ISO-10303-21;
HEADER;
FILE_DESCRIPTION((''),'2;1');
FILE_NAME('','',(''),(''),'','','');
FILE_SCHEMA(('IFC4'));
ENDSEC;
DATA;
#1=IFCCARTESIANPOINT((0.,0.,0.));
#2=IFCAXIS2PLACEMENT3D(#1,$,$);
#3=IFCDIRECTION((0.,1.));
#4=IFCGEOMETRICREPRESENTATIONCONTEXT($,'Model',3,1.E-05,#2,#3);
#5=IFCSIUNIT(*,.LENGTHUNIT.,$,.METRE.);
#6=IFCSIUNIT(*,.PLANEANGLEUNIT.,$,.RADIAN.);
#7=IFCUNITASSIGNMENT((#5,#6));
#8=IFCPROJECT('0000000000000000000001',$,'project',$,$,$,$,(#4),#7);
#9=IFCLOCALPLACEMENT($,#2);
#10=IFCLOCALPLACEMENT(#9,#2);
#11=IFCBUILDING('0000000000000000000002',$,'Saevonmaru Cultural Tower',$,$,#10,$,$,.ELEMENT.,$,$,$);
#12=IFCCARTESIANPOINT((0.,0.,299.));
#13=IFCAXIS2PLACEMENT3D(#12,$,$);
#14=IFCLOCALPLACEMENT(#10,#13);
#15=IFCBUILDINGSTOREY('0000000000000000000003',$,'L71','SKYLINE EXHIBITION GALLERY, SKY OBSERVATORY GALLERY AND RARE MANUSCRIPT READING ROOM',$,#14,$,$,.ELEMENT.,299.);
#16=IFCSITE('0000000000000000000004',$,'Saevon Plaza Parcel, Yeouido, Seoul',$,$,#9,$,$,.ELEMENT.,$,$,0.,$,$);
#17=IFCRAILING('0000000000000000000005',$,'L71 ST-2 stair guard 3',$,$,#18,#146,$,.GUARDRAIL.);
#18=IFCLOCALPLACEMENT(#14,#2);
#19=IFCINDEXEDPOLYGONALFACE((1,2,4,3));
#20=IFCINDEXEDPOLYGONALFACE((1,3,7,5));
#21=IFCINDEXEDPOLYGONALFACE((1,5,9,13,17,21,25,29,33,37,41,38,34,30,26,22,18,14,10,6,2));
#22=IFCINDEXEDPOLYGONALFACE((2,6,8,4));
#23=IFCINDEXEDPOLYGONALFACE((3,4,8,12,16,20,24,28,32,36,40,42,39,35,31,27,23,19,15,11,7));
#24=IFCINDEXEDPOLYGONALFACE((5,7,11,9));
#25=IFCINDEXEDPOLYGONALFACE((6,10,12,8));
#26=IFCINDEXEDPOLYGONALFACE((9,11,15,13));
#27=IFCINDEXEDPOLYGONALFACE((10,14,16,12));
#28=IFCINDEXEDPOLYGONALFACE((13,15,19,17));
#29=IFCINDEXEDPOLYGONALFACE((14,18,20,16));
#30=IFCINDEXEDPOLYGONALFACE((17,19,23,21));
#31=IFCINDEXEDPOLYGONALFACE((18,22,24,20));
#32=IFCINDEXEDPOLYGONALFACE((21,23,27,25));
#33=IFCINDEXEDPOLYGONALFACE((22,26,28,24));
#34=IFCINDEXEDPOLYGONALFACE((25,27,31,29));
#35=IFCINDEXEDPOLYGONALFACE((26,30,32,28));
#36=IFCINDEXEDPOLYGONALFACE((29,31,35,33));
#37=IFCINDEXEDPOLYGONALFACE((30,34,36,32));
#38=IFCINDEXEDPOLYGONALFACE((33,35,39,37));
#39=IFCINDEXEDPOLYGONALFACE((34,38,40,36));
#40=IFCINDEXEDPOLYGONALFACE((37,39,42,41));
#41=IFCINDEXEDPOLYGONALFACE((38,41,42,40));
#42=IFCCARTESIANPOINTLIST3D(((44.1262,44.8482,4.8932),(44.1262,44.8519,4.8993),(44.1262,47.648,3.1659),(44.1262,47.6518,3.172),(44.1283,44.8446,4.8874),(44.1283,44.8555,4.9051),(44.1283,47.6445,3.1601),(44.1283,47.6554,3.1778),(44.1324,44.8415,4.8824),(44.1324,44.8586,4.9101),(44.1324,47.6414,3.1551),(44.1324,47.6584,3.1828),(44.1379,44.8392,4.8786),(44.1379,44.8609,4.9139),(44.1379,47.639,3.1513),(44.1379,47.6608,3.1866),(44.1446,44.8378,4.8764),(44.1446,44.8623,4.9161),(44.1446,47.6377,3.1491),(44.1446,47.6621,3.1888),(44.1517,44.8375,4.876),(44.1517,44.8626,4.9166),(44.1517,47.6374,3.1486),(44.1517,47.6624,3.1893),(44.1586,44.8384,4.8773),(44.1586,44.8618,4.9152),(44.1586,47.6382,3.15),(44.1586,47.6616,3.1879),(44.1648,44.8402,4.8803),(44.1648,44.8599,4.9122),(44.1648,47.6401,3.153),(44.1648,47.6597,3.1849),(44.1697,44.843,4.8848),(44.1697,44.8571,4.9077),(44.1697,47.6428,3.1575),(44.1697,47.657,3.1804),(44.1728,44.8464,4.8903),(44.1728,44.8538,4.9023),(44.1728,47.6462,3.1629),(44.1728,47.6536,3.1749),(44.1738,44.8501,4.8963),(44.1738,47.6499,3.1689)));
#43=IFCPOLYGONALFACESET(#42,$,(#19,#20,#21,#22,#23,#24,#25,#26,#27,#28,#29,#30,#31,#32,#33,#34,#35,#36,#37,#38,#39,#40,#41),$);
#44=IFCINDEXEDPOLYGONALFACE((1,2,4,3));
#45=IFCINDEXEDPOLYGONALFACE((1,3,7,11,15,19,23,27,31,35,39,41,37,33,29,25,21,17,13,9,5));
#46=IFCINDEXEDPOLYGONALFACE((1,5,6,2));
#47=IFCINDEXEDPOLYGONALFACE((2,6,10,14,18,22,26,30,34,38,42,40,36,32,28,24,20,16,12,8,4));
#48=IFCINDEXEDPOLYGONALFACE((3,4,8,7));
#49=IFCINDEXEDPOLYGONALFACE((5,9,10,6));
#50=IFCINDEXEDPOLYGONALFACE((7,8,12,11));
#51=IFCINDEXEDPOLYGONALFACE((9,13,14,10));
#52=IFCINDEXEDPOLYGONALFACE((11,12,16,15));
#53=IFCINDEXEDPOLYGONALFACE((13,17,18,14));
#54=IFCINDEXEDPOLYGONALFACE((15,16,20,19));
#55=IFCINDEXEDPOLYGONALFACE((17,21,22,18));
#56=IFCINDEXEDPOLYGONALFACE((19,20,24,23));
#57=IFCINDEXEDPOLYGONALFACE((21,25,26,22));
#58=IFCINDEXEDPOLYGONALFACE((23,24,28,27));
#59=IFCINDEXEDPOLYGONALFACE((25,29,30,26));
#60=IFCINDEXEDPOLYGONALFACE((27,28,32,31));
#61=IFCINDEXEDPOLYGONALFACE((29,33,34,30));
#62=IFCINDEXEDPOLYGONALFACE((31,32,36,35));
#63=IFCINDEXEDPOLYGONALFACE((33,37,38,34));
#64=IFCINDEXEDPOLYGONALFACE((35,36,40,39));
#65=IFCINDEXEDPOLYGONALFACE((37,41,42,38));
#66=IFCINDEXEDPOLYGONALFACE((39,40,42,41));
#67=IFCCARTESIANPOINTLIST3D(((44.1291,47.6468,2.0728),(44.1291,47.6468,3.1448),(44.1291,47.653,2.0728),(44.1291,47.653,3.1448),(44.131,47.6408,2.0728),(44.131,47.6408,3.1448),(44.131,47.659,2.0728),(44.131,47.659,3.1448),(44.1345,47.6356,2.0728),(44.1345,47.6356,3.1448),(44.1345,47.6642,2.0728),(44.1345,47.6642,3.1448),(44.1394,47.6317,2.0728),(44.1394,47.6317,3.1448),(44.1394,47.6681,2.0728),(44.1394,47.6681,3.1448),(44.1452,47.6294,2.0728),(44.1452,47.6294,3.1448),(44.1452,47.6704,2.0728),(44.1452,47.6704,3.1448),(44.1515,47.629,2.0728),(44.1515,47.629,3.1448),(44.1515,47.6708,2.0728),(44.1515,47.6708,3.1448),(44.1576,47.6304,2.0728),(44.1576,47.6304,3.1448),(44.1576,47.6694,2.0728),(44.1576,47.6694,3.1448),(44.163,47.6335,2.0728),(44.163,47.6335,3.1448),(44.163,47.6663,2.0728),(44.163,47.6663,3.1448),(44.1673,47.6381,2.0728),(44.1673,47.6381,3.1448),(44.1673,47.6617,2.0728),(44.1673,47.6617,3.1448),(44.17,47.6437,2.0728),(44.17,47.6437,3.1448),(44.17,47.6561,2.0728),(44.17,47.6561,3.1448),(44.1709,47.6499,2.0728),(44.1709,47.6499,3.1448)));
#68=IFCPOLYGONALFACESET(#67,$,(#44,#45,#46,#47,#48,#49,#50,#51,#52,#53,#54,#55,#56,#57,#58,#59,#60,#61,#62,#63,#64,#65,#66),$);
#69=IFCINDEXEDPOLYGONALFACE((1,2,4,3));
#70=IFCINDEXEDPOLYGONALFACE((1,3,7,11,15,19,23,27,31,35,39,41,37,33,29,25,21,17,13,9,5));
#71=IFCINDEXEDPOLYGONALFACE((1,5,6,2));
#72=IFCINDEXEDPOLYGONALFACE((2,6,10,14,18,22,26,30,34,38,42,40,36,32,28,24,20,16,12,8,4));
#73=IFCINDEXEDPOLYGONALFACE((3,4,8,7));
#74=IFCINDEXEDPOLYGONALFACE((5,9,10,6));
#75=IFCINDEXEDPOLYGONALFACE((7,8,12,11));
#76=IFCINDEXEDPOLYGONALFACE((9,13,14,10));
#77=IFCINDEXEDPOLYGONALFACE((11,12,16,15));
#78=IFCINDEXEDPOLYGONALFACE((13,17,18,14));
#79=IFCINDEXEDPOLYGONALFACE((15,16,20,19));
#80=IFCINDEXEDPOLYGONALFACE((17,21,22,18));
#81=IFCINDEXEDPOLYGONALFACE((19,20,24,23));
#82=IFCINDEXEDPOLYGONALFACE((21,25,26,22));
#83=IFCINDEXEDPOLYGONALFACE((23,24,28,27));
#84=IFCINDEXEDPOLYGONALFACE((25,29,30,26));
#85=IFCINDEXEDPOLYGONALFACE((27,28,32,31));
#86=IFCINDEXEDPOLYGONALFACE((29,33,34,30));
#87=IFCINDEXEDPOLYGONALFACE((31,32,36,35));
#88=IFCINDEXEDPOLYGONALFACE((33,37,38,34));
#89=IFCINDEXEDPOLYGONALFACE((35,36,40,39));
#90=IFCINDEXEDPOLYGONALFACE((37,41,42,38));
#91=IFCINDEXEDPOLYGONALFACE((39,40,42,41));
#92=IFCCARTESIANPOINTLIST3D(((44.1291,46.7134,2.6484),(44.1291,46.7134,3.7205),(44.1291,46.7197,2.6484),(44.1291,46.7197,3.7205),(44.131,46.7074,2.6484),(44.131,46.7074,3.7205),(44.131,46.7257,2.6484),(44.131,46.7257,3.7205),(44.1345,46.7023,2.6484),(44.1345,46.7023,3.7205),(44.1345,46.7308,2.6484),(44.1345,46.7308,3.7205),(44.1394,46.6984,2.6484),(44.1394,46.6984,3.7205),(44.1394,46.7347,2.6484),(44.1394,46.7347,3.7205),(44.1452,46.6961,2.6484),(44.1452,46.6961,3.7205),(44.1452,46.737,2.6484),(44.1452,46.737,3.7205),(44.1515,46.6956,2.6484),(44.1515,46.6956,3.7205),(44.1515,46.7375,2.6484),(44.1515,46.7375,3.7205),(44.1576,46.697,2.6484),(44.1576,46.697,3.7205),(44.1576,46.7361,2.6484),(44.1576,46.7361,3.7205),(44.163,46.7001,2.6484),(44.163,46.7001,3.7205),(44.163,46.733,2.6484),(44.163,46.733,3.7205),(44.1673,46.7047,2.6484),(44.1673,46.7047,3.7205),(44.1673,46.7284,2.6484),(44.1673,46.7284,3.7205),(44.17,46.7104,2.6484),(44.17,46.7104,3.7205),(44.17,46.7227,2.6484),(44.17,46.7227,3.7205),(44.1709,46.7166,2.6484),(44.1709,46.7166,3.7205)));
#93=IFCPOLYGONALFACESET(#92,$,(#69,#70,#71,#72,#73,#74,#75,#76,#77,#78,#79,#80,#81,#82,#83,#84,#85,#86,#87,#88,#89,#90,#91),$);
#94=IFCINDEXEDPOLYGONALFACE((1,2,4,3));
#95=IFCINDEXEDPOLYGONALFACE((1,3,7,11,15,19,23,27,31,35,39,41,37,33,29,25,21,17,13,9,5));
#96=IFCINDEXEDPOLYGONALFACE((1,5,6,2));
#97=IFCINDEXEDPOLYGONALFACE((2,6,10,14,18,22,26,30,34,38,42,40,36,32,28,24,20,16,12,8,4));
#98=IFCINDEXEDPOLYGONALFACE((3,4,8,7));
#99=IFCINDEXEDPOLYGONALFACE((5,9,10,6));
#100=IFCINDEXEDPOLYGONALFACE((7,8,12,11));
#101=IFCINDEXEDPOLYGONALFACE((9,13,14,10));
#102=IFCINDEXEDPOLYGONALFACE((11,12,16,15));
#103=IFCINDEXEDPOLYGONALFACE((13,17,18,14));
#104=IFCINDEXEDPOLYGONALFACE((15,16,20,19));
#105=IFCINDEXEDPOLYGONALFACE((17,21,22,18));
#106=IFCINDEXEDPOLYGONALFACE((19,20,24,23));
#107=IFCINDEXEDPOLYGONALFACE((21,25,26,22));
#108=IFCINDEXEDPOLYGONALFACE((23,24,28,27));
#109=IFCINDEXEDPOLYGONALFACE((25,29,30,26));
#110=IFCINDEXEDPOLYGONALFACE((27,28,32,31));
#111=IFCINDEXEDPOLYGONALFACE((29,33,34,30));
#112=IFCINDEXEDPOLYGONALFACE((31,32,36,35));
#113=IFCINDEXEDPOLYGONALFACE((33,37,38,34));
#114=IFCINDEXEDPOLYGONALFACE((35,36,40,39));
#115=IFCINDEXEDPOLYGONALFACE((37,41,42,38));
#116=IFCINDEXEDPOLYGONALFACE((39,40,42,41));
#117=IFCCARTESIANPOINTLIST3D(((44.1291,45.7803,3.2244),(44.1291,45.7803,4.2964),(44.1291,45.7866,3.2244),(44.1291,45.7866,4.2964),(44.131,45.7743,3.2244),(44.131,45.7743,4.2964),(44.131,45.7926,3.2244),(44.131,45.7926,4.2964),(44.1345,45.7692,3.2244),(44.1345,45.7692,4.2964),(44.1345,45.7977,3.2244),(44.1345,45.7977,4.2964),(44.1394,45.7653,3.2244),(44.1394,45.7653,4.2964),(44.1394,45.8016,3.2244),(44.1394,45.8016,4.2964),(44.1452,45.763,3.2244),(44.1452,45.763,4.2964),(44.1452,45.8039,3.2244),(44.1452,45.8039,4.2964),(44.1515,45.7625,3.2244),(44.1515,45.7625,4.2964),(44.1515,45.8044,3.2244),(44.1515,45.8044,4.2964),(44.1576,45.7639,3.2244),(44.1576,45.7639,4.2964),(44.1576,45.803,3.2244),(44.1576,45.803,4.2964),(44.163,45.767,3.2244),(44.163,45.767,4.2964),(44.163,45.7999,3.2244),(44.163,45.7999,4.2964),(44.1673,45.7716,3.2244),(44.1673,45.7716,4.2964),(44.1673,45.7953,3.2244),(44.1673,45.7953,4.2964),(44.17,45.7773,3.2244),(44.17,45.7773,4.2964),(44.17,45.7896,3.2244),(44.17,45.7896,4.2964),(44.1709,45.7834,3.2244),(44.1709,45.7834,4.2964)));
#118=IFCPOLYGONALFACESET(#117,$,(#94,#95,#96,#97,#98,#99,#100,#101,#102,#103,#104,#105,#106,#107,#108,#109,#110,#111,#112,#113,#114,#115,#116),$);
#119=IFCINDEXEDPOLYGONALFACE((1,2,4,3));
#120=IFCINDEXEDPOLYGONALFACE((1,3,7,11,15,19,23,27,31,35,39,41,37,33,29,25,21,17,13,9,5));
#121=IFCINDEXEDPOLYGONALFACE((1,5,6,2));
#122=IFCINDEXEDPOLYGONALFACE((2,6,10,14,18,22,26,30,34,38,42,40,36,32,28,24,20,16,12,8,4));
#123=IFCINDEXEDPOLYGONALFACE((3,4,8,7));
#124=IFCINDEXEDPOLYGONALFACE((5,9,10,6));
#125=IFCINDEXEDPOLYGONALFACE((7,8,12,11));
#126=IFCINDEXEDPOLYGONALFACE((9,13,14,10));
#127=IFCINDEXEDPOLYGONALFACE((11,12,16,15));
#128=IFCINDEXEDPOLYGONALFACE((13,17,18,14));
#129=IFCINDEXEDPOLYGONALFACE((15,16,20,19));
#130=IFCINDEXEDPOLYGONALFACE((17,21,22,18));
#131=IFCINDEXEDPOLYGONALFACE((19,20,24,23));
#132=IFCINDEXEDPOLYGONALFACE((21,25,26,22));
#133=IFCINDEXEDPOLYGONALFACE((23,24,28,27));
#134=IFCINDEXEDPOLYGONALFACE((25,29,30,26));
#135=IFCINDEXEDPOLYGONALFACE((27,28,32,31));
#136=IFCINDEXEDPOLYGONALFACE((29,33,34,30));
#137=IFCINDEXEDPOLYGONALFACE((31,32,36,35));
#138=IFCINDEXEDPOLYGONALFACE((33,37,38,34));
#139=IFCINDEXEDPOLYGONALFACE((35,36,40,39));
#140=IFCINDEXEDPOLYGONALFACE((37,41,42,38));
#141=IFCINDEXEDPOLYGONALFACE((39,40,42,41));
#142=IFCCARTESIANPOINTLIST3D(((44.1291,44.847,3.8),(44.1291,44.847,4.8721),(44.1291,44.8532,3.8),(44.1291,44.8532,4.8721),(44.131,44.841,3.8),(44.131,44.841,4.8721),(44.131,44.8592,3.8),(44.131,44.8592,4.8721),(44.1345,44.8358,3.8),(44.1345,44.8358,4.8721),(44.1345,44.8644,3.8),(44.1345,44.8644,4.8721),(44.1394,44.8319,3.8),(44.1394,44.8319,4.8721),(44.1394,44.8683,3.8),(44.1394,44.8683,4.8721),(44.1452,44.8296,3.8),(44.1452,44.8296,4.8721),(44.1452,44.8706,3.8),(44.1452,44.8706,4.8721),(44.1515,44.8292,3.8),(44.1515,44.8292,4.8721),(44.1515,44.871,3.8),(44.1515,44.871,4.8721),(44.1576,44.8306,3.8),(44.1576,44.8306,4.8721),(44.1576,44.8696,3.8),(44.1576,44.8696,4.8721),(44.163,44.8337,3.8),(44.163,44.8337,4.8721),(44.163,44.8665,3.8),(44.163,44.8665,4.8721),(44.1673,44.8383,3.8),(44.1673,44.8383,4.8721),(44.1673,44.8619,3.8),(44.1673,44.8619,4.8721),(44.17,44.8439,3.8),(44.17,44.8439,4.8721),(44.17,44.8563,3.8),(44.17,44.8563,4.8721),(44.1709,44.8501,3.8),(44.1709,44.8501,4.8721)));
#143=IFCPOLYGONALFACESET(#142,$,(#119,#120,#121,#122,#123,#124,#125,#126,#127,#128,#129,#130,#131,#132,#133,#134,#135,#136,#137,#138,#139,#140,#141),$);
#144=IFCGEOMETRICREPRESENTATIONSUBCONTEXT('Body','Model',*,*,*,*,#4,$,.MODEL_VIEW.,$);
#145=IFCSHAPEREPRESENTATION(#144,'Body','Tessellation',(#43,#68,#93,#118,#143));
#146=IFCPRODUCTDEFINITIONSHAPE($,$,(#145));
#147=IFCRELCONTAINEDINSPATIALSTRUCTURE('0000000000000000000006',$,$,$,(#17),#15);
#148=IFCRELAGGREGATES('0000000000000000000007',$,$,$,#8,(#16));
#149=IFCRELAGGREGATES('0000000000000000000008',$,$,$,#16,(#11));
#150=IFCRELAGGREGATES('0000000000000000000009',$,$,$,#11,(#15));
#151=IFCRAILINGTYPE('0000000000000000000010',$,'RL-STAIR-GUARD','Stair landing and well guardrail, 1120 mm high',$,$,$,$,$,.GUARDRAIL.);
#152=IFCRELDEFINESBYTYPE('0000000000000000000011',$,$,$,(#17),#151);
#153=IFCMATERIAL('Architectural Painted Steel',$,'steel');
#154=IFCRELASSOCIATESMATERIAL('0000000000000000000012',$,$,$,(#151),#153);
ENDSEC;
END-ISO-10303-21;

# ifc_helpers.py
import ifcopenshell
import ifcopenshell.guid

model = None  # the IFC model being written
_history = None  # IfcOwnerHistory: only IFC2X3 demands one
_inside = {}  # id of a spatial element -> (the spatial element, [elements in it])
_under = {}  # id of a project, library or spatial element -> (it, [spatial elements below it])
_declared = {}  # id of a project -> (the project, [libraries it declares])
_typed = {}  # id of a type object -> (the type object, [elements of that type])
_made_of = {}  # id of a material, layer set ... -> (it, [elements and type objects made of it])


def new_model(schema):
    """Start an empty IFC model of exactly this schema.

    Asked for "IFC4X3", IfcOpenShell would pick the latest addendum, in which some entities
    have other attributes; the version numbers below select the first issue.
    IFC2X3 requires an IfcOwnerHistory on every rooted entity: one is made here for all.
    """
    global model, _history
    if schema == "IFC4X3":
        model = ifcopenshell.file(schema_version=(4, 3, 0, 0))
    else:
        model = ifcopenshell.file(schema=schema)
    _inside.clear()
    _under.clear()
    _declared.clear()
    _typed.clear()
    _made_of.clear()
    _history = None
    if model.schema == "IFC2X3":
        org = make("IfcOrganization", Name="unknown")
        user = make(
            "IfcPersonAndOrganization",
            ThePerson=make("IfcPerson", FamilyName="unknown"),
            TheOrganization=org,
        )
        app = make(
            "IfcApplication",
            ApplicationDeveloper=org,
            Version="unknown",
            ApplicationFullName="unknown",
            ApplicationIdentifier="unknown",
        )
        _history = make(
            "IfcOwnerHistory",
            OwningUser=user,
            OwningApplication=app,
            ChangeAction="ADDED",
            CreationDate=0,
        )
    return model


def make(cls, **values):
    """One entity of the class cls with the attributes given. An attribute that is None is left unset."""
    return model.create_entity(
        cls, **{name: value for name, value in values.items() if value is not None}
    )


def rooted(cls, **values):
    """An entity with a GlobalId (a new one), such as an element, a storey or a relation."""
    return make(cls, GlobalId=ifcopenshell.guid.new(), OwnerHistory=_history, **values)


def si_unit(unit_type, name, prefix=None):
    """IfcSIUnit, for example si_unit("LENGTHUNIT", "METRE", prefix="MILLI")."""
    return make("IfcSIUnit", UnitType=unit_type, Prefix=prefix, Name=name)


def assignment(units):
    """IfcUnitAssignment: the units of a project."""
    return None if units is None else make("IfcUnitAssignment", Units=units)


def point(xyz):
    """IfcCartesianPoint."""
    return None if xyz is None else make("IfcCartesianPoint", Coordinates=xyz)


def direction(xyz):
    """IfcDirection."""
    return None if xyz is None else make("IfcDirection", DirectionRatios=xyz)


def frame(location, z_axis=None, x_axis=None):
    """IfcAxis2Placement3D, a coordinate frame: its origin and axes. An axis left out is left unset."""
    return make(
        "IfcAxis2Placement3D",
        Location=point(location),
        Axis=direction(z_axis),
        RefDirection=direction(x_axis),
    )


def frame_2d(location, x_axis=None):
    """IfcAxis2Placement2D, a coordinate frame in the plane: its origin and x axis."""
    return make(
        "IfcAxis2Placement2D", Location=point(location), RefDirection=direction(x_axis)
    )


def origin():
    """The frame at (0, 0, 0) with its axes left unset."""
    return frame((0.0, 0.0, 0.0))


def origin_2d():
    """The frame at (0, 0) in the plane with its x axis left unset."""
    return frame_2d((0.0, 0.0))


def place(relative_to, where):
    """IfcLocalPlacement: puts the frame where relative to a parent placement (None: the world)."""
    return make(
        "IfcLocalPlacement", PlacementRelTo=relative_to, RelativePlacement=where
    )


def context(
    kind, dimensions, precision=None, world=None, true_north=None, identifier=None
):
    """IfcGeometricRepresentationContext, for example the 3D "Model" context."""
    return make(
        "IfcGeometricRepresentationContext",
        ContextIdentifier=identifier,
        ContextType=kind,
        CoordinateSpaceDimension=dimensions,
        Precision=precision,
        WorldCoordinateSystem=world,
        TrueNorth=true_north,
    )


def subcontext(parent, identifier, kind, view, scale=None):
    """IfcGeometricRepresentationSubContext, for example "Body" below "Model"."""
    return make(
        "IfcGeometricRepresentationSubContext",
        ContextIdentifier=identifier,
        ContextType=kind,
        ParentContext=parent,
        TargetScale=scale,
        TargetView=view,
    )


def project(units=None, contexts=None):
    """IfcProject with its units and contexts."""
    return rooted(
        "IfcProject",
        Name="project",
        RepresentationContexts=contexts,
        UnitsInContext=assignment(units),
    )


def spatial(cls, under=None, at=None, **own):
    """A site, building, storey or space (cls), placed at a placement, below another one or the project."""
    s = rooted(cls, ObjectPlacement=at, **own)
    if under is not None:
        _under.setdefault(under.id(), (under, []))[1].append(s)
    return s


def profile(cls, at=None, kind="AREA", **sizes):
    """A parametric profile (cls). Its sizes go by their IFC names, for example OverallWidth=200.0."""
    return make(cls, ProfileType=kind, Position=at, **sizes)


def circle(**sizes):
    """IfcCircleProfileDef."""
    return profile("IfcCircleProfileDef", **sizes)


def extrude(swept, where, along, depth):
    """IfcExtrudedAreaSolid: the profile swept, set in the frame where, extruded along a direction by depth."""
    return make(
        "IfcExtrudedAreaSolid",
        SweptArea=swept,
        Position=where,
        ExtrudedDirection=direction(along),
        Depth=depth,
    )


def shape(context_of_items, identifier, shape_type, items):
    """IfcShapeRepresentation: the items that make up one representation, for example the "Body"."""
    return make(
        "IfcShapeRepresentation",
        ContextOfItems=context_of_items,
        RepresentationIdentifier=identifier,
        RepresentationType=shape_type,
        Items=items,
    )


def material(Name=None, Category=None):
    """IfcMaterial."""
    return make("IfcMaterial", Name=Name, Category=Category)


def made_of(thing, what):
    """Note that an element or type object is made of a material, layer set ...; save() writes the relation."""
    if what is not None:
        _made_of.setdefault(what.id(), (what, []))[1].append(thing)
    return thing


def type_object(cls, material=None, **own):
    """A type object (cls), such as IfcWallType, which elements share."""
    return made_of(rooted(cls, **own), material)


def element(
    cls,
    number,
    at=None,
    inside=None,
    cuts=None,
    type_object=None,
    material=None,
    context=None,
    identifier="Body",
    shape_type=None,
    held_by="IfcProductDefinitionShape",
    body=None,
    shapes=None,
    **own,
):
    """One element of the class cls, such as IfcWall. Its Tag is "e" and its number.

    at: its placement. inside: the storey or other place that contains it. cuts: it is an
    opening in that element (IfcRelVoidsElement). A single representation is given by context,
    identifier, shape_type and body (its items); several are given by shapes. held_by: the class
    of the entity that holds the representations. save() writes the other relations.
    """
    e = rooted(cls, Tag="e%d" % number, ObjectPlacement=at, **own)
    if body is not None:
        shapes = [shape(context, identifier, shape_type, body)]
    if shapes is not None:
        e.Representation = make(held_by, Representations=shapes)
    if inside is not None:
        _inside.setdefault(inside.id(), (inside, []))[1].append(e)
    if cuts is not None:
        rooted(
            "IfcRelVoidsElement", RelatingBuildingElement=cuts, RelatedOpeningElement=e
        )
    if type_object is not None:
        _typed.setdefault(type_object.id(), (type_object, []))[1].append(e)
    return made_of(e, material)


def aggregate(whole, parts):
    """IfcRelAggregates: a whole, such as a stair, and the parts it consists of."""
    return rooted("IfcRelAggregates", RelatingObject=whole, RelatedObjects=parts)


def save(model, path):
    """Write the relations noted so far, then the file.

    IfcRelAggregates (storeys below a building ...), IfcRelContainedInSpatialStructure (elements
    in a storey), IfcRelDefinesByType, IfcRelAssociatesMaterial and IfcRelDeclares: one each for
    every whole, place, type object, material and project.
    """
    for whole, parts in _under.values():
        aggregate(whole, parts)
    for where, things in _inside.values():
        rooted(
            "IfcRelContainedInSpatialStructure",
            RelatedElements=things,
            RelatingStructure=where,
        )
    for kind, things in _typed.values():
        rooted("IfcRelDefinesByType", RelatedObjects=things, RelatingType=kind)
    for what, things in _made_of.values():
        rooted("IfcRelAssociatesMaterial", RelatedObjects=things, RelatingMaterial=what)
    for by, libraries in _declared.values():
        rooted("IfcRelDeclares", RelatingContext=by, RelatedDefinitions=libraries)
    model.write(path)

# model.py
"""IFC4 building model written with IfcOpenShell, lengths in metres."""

from ifc_helpers import new_model, si_unit, direction, frame, origin, origin_2d, place, context, subcontext, project, spatial, circle, extrude, material, type_object, element, save


model = new_model("IFC4")

# Units and contexts
model_context = context("Model", 3, precision=1e-05, world=origin(), true_north=direction((0.0, 1.0)))
body_context = subcontext(model_context, "Body", "Model", "MODEL_VIEW")
ifc_project = project(units=[si_unit("LENGTHUNIT", "METRE"), si_unit("PLANEANGLEUNIT", "RADIAN")], contexts=[model_context])

# Site, building, storey
site_placement = place(None, origin())
site = spatial("IfcSite", under=ifc_project, at=site_placement, Name="Saevon Plaza Parcel, Yeouido, Seoul", CompositionType="ELEMENT", RefElevation=0.0)
building_placement = place(site_placement, origin())
building = spatial("IfcBuilding", under=site, at=building_placement, Name="Saevonmaru Cultural Tower", CompositionType="ELEMENT")
storey_placement = place(building_placement, frame((0.0, 0.0, 299.0)))
storey = spatial("IfcBuildingStorey", under=building, at=storey_placement, Name="L71", Description="SKYLINE EXHIBITION GALLERY, SKY OBSERVATORY GALLERY AND RARE MANUSCRIPT READING ROOM", CompositionType="ELEMENT", Elevation=299.0)

# Railing
ifc_material_1 = material(Name="Architectural Painted Steel", Category="steel")
railing_type_1 = type_object("IfcRailingType", Name="RL-STAIR-GUARD", Description="Stair landing and well guardrail, 1120 mm high", PredefinedType="GUARDRAIL", material=ifc_material_1)
railing_1_placement = place(storey_placement, frame((44.1499, 47.6499, 2.0728)))
element("IfcRailing", 1, at=railing_1_placement, inside=storey, type_object=railing_type_1, Name="L71 ST-2 stair guard 3", PredefinedType="GUARDRAIL", context=body_context, shape_type="SweptSolid", body=[
    extrude(circle(Radius=0.0239, at=origin_2d()), frame((0.0, 0.0, 1.0962), z_axis=(0.0, -0.851069, 0.525054), x_axis=(1.0, 0.0, 0.0)), (0.0, 0.0, 1.0), 3.2898),
    extrude(circle(Radius=0.021, at=origin_2d()), origin(), (0.0, 0.0, 1.0), 1.072),
    extrude(circle(Radius=0.021, at=origin_2d()), frame((0.0, -0.9333, 0.5757)), (0.0, 0.0, 1.0), 1.072),
    extrude(circle(Radius=0.021, at=origin_2d()), frame((0.0, -1.8665, 1.1516)), (0.0, 0.0, 1.0), 1.072),
    extrude(circle(Radius=0.021, at=origin_2d()), frame((0.0, -2.7998, 1.7273)), (0.0, 0.0, 1.0), 1.072),
])

save(model, "model.ifc")
